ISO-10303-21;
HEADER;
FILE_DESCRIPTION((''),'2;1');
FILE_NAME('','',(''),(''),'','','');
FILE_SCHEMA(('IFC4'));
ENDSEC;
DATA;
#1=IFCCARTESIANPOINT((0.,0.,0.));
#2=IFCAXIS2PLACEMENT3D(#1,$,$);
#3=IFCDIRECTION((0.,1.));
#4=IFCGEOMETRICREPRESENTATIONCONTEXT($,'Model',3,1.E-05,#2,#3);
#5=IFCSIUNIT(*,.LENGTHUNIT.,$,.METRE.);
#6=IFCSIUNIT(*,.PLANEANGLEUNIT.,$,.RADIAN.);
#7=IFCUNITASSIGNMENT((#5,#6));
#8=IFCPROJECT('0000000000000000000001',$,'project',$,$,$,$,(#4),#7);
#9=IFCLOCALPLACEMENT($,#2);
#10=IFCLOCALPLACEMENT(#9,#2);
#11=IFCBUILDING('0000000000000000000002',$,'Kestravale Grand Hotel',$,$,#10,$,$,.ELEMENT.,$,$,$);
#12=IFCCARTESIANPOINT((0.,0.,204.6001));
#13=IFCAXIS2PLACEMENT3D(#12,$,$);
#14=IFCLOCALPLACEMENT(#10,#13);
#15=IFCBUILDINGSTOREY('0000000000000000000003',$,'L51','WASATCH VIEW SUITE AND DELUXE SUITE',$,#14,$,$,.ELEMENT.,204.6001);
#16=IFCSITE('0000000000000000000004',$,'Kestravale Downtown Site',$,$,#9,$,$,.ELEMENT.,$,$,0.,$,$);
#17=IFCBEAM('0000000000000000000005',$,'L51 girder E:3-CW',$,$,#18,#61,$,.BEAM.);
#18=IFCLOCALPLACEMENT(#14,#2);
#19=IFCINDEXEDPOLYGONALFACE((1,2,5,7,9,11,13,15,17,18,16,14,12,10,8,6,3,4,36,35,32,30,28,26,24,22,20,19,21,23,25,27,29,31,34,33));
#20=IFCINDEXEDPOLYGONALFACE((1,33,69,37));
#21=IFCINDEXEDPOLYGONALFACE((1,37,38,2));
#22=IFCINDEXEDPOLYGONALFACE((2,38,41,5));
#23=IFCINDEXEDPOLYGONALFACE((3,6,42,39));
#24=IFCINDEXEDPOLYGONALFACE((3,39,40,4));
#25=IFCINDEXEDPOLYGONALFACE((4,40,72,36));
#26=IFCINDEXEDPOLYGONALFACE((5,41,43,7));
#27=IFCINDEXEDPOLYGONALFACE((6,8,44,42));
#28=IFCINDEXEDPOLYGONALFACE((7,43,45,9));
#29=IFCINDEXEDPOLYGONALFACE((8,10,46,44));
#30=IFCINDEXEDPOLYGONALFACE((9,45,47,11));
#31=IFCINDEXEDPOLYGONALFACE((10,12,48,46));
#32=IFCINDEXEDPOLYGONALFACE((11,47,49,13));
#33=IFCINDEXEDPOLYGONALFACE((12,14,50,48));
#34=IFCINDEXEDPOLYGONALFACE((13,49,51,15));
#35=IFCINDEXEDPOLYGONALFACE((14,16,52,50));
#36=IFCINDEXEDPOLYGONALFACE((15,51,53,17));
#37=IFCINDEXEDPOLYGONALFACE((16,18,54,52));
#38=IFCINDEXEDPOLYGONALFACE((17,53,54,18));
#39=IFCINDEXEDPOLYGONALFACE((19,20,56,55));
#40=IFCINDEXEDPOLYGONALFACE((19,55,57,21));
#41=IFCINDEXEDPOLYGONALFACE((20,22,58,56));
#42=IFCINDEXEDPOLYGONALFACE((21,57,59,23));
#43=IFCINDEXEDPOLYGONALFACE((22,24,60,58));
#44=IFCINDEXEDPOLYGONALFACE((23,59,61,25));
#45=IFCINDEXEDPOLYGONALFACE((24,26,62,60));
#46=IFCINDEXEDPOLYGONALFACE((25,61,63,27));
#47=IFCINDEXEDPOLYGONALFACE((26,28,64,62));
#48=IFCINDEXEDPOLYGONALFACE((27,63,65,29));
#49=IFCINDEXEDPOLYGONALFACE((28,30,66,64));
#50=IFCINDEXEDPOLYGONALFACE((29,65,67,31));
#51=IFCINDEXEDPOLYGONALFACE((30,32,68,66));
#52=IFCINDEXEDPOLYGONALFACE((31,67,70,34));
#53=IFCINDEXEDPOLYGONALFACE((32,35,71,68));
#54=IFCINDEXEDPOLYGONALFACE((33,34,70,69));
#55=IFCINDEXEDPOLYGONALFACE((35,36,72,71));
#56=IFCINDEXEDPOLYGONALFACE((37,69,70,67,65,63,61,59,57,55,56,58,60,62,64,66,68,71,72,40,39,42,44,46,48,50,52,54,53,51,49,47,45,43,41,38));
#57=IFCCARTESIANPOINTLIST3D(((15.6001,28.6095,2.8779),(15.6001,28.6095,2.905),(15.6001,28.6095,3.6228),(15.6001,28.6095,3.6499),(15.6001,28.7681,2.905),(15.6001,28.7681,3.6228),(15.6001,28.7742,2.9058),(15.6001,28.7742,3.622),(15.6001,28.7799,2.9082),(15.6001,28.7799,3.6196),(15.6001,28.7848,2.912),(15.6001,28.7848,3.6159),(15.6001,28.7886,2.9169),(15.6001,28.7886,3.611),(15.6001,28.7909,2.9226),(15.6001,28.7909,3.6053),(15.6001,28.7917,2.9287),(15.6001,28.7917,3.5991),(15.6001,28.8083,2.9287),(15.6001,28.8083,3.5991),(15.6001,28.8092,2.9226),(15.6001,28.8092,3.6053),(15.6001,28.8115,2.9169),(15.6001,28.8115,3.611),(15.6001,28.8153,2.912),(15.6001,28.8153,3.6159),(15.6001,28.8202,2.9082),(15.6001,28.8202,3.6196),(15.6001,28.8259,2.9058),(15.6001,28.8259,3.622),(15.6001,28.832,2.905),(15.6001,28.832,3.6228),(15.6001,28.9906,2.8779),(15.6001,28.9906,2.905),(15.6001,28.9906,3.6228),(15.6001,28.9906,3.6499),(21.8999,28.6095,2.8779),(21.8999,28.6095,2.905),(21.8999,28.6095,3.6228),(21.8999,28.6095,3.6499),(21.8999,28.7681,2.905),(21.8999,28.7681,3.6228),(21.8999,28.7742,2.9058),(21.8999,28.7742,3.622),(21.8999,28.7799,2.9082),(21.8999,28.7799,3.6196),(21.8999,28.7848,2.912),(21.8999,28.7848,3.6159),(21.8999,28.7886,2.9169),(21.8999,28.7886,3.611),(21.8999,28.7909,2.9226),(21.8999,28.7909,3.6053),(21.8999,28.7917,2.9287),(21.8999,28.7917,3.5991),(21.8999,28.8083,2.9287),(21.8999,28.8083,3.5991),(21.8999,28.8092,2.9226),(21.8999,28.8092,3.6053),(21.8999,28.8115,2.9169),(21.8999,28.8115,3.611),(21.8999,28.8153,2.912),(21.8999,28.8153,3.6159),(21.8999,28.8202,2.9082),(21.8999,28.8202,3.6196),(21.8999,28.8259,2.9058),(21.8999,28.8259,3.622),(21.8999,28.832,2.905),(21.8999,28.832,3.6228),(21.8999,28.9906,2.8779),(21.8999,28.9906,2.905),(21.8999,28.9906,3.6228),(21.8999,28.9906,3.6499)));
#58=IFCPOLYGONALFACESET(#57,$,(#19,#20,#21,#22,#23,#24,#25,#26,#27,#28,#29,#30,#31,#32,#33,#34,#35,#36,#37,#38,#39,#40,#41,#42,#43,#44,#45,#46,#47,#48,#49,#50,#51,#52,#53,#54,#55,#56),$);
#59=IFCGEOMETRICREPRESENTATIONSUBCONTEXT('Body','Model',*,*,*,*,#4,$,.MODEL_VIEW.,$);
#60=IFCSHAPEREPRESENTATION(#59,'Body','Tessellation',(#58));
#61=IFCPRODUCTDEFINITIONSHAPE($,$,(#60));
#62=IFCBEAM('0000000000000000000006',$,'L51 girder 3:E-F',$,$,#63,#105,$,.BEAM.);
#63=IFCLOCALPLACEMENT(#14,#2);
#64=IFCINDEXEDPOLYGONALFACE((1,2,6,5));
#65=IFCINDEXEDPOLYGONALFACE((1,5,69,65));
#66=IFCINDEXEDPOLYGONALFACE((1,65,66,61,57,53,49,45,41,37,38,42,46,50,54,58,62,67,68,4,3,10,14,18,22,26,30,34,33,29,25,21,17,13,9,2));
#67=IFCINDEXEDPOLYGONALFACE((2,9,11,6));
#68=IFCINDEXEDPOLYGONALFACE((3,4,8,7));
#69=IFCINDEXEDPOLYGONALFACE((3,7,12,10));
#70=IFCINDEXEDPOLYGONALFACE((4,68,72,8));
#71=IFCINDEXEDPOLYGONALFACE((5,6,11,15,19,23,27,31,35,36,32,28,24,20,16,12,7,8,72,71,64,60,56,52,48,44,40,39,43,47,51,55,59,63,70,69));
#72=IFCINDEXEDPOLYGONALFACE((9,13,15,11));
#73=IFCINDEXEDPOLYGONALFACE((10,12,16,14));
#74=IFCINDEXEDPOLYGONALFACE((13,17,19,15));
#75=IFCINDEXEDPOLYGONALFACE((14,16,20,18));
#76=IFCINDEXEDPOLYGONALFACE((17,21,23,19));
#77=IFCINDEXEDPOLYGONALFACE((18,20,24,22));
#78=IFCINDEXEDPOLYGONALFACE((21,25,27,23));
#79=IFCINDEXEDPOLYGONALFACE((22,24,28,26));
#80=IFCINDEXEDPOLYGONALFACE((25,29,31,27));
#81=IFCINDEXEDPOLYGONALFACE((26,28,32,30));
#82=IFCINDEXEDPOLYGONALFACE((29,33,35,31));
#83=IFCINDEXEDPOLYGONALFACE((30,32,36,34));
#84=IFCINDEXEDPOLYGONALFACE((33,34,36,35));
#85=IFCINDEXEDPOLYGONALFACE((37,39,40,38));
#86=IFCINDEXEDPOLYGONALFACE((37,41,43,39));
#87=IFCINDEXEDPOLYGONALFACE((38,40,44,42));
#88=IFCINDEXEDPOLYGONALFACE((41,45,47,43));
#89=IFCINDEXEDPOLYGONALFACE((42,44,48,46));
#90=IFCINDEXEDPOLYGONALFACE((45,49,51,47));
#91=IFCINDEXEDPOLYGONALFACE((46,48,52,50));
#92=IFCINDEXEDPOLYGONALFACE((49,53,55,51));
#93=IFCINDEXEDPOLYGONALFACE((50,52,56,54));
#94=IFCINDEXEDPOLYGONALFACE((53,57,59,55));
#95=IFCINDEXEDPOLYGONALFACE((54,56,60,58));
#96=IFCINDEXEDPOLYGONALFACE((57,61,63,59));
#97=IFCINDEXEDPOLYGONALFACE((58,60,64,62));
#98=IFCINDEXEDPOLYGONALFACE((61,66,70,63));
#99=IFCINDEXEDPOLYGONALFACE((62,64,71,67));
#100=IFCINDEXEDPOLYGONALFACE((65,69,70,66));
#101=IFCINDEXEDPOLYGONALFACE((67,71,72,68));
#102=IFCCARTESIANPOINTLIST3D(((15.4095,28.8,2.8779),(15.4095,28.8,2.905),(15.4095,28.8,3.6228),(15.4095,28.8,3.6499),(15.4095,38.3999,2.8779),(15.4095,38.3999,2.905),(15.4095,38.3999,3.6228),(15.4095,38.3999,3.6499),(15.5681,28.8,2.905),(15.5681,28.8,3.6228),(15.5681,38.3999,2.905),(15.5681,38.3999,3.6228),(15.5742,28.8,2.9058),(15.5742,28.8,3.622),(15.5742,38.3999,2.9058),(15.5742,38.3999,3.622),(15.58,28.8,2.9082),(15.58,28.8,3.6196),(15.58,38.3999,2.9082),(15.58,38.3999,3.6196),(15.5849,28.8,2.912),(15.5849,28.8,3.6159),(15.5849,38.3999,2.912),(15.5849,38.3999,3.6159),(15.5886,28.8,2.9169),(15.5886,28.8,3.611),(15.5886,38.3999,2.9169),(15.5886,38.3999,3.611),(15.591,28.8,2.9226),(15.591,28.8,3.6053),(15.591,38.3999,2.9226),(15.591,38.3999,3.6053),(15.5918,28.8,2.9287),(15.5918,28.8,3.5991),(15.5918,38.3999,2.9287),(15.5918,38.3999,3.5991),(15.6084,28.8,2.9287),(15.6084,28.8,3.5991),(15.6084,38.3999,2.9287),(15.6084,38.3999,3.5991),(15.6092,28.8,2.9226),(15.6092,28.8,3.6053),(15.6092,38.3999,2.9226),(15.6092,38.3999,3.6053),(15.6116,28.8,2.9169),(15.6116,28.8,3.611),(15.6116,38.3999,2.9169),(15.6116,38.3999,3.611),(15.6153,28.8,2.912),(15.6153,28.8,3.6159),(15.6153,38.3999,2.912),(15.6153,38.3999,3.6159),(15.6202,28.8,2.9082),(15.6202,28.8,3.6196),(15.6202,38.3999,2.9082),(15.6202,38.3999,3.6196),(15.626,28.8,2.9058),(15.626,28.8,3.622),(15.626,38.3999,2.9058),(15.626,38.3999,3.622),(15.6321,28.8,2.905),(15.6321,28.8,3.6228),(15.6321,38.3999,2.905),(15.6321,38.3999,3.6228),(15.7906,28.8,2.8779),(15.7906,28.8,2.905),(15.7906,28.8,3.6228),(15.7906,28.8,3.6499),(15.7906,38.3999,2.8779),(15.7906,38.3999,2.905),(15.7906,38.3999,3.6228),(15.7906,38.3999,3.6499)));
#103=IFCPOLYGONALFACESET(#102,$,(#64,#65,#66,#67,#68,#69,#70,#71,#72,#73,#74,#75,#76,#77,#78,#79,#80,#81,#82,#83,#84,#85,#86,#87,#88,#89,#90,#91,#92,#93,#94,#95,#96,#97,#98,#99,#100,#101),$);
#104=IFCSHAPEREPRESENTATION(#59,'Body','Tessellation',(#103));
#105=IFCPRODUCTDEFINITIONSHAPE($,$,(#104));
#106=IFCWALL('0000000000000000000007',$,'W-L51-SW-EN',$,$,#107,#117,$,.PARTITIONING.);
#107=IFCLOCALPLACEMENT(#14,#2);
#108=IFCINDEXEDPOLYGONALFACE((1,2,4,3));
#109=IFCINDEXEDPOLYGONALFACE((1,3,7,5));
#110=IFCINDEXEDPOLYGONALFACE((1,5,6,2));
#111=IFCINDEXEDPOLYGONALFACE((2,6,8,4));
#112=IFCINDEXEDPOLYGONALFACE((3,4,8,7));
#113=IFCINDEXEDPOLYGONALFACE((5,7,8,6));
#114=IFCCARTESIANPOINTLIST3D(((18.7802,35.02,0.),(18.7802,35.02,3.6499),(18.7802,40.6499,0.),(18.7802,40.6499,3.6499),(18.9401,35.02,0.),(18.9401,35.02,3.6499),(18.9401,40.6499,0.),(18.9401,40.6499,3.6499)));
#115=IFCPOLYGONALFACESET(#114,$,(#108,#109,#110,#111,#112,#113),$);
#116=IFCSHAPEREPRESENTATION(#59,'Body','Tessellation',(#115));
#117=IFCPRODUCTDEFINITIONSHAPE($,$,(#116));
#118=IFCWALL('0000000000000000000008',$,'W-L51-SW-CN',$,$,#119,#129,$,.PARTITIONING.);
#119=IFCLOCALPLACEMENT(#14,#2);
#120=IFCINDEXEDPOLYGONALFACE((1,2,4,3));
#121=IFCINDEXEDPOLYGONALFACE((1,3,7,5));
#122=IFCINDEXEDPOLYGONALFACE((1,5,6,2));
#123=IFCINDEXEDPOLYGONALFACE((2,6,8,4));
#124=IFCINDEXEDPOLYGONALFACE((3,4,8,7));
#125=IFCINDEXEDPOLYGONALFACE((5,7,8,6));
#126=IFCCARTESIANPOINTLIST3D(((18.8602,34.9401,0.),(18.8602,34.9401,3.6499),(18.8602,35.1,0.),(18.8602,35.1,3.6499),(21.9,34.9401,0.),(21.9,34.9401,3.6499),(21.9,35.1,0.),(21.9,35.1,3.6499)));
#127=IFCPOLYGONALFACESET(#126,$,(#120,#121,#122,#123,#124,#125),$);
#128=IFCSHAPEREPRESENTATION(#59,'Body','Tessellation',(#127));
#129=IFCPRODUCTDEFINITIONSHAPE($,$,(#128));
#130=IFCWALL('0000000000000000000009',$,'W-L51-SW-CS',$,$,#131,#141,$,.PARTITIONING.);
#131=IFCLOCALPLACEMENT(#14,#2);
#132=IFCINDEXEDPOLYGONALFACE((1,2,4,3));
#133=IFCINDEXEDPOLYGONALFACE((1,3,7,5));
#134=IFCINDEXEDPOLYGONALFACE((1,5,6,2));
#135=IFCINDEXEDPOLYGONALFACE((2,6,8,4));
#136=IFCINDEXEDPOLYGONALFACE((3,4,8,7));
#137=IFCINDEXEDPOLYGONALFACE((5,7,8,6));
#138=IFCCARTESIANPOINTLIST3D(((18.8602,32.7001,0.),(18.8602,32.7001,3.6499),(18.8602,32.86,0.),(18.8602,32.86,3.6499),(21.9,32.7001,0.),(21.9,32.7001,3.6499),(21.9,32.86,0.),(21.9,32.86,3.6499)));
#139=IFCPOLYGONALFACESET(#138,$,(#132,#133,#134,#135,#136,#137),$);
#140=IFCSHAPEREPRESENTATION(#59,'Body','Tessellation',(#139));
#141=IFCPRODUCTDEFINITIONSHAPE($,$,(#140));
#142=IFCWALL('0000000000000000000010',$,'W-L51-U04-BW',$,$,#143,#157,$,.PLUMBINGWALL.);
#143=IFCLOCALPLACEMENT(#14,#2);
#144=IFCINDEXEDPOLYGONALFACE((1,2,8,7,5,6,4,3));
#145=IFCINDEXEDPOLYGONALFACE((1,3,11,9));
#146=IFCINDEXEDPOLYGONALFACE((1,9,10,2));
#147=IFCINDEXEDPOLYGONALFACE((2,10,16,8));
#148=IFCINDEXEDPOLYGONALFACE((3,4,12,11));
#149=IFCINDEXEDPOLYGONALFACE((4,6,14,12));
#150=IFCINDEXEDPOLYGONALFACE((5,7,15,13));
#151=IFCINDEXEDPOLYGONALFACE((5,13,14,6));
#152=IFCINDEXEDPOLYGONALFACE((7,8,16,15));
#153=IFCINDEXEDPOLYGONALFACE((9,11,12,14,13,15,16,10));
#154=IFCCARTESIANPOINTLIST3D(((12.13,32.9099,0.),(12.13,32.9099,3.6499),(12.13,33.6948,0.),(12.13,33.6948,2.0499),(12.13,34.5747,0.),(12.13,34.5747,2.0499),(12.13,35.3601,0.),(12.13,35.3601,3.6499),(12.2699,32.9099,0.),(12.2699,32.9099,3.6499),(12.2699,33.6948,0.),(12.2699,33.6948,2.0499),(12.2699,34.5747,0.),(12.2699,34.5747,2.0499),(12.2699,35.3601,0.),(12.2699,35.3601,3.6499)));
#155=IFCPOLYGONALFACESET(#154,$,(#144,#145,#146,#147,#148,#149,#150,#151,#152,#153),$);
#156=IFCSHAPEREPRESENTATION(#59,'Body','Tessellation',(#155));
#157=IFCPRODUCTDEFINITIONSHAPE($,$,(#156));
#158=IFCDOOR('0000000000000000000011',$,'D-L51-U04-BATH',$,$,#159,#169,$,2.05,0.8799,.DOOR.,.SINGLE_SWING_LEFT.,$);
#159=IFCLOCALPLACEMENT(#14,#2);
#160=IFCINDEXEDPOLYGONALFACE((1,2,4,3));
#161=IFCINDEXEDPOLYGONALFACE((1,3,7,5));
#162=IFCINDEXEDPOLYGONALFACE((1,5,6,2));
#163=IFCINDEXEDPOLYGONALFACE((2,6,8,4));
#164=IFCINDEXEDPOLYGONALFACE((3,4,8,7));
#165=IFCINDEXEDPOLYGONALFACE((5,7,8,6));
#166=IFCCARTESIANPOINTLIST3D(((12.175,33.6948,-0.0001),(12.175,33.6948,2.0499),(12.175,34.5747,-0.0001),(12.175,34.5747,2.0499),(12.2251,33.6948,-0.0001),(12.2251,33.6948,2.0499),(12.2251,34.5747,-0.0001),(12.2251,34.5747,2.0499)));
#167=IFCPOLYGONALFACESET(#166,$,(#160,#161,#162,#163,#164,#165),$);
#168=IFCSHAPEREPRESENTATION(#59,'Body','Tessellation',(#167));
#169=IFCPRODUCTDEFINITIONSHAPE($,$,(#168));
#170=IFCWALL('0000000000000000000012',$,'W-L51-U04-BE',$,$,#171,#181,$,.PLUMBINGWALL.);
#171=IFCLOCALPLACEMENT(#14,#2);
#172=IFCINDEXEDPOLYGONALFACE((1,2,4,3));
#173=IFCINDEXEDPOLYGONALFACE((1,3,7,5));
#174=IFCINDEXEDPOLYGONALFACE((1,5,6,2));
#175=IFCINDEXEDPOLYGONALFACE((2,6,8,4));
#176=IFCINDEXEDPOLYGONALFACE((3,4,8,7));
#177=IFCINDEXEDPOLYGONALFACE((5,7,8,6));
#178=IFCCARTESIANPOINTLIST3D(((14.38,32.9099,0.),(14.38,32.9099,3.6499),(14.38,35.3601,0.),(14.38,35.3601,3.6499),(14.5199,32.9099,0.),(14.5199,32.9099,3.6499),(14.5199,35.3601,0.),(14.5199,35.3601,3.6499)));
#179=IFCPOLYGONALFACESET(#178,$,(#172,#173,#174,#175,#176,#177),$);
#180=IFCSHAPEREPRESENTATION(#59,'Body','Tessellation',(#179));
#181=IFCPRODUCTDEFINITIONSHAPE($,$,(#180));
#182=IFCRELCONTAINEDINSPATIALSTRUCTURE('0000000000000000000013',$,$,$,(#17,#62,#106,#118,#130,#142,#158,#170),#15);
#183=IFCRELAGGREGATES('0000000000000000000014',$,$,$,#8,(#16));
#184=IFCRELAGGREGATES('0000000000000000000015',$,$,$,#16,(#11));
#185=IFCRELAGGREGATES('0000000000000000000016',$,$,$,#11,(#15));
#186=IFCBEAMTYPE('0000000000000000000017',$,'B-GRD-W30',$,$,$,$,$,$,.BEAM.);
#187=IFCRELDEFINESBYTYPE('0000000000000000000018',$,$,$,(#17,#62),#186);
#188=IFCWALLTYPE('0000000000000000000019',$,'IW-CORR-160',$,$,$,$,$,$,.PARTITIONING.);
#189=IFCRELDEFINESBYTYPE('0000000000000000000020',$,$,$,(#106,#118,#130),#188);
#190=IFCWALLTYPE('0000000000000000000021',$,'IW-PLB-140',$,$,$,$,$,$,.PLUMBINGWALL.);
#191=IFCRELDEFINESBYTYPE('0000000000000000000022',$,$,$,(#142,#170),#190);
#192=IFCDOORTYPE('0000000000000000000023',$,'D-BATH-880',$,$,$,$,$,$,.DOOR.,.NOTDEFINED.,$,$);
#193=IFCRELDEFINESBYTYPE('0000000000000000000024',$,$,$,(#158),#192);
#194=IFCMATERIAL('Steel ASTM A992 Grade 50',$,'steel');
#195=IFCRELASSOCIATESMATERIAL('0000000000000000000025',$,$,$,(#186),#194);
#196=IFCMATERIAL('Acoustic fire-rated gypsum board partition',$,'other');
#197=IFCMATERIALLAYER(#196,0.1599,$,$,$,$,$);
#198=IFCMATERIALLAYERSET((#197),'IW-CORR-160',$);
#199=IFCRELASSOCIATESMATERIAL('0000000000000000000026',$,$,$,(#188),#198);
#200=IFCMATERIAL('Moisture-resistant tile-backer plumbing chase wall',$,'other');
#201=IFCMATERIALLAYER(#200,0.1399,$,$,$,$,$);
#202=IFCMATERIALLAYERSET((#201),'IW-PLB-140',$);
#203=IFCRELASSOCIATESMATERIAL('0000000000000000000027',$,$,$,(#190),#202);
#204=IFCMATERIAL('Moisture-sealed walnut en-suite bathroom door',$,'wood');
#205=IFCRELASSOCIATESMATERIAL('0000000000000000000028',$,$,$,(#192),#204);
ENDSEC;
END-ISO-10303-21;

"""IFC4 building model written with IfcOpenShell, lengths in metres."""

from ifc_helpers import new_model, si_unit, direction, frame, frame_2d, origin, origin_2d, place, context, subcontext, project, spatial, rectangle, i_section, extrude, material, layer, layer_set, material_profile, profile_set, type_object, element, fill, save


model = new_model("IFC4")

# Units and contexts
model_context = context("Model", 3, precision=1e-05, world=origin(), true_north=direction((0.0, 1.0)))
body_context = subcontext(model_context, "Body", "Model", "MODEL_VIEW")
ifc_project = project(units=[si_unit("LENGTHUNIT", "METRE"), si_unit("PLANEANGLEUNIT", "RADIAN")], contexts=[model_context])

# Site, building, storey
site_placement = place(None, origin())
site = spatial("IfcSite", under=ifc_project, at=site_placement, Name="Kestravale Downtown Site", CompositionType="ELEMENT", RefElevation=0.0)
building_placement = place(site_placement, origin())
building = spatial("IfcBuilding", under=site, at=building_placement, Name="Kestravale Grand Hotel", CompositionType="ELEMENT")
storey_placement = place(building_placement, frame((0.0, 0.0, 204.6001)))
storey = spatial("IfcBuildingStorey", under=building, at=storey_placement, Name="L51", Description="WASATCH VIEW SUITE AND DELUXE SUITE", CompositionType="ELEMENT", Elevation=204.6001)

# Beams
ifc_material_1 = material(Name="Steel ASTM A992 Grade 50", Category="steel")
ifc_material_profile_1 = material_profile(ifc_material_1, i_section(OverallWidth=0.3811, OverallDepth=0.772, WebThickness=0.0166, FlangeThickness=0.0271, FilletRadius=0.0237, at=origin_2d()))
ifc_profile_set_1 = profile_set([ifc_material_profile_1], Name="Steel ASTM A992 Grade 50")
beam_type_1 = type_object("IfcBeamType", Name="B-GRD-W30", PredefinedType="BEAM", material=ifc_profile_set_1)
beam_1_placement = place(storey_placement, frame((15.6001, 28.8, 3.2639), z_axis=(1.0, 0.0, 0.0), x_axis=(0.0, 1.0, 0.0)))
element("IfcBeam", 1, at=beam_1_placement, inside=storey, type_object=beam_type_1, Name="L51 girder E:3-CW", PredefinedType="BEAM", context=body_context, shape_type="SweptSolid", body=[
    extrude(i_section(OverallWidth=0.3811, OverallDepth=0.772, WebThickness=0.0166, FlangeThickness=0.0271, FilletRadius=0.0237, at=origin_2d()), origin(), (0.0, 0.0, 1.0), 6.2998),
])
beam_2_placement = place(storey_placement, frame((15.6001, 28.8, 3.2639), z_axis=(0.0, 1.0, 0.0), x_axis=(-1.0, 0.0, 0.0)))
element("IfcBeam", 2, at=beam_2_placement, inside=storey, type_object=beam_type_1, Name="L51 girder 3:E-F", PredefinedType="BEAM", context=body_context, shape_type="SweptSolid", body=[
    extrude(i_section(OverallWidth=0.3811, OverallDepth=0.772, WebThickness=0.0166, FlangeThickness=0.0271, FilletRadius=0.0237, at=origin_2d()), origin(), (0.0, 0.0, 1.0), 9.5999),
])

# Walls
ifc_material_2 = material(Name="Acoustic fire-rated gypsum board partition", Category="other")
ifc_layer_1 = layer(ifc_material_2, 0.1599)
ifc_layer_set_1 = layer_set([ifc_layer_1], Name="IW-CORR-160")
wall_type_1 = type_object("IfcWallType", Name="IW-CORR-160", PredefinedType="PARTITIONING", material=ifc_layer_set_1)
wall_1_placement = place(storey_placement, frame((18.8601, 35.02, 0.0), z_axis=(0.0, 0.0, 1.0), x_axis=(0.0, 1.0, 0.0)))
element("IfcWall", 3, at=wall_1_placement, inside=storey, type_object=wall_type_1, Name="W-L51-SW-EN", PredefinedType="PARTITIONING", context=body_context, shape_type="SweptSolid", body=[
    extrude(rectangle(XDim=5.6299, YDim=0.1599, at=frame_2d((2.8149, 0.0))), origin(), (0.0, 0.0, 1.0), 3.6499),
])
for number, where, z_axis, x_axis, name in (
    (4, (18.8601, 35.02, 0.0), (0.0, 0.0, 1.0), (1.0, 0.0, 0.0), "W-L51-SW-CN"),
    (5, (18.8601, 32.78, 0.0), (0.0, 0.0, 1.0), (1.0, 0.0, 0.0), "W-L51-SW-CS"),
):
    element("IfcWall", number, at=place(storey_placement, frame(where, z_axis=z_axis, x_axis=x_axis)), inside=storey, type_object=wall_type_1, Name=name, PredefinedType="PARTITIONING", context=body_context, shape_type="SweptSolid", body=[
        extrude(rectangle(XDim=3.0398, YDim=0.1599, at=frame_2d((1.52, 0.0))), origin(), (0.0, 0.0, 1.0), 3.6499),
    ])

# Wall, opening, door
ifc_material_3 = material(Name="Moisture-resistant tile-backer plumbing chase wall", Category="other")
ifc_layer_2 = layer(ifc_material_3, 0.1399)
ifc_layer_set_2 = layer_set([ifc_layer_2], Name="IW-PLB-140")
wall_type_2 = type_object("IfcWallType", Name="IW-PLB-140", PredefinedType="PLUMBINGWALL", material=ifc_layer_set_2)
wall_2_placement = place(storey_placement, frame((12.2, 32.9099, 0.0), z_axis=(0.0, 0.0, 1.0), x_axis=(0.0, 1.0, 0.0)))
wall_2 = element("IfcWall", 6, at=wall_2_placement, inside=storey, type_object=wall_type_2, Name="W-L51-U04-BW", PredefinedType="PLUMBINGWALL", context=body_context, shape_type="SweptSolid", body=[
    extrude(rectangle(XDim=2.4502, YDim=0.1399, at=frame_2d((1.2251, 0.0))), origin(), (0.0, 0.0, 1.0), 3.6499),
])
opening_placement = place(wall_2_placement, frame((0.7849, 0.0, 0.0)))
opening = element("IfcOpeningElement", 7, at=opening_placement, cuts=wall_2, PredefinedType="OPENING", context=body_context, shape_type="SweptSolid", body=[
    extrude(rectangle(XDim=0.8799, YDim=2.05, at=frame_2d((0.4399, 1.0249))), frame((0.0, 0.0798, 0.0), z_axis=(0.0, -1.0, 0.0), x_axis=(1.0, 0.0, 0.0)), (0.0, 0.0, 1.0), 0.1599),
])
ifc_material_4 = material(Name="Moisture-sealed walnut en-suite bathroom door", Category="wood")
door_type = type_object("IfcDoorType", Name="D-BATH-880", OperationType="NOTDEFINED", PredefinedType="DOOR", material=ifc_material_4)
door_placement = place(opening_placement, origin())
door = element("IfcDoor", 8, at=door_placement, inside=storey, type_object=door_type, Name="D-L51-U04-BATH", OperationType="SINGLE_SWING_LEFT", OverallHeight=2.05, OverallWidth=0.8799, PredefinedType="DOOR", context=body_context, shape_type="SweptSolid", body=[
    extrude(rectangle(XDim=0.8799, YDim=2.05, at=frame_2d((0.4399, 1.0249))), frame((0.0, 0.0249, 0.0), z_axis=(0.0, -1.0, 0.0), x_axis=(1.0, 0.0, 0.0)), (0.0, 0.0, 1.0), 0.05),
])
fill(opening, door)

# Wall
wall_3_placement = place(storey_placement, frame((14.45, 32.9099, 0.0), z_axis=(0.0, 0.0, 1.0), x_axis=(0.0, 1.0, 0.0)))
element("IfcWall", 9, at=wall_3_placement, inside=storey, type_object=wall_type_2, Name="W-L51-U04-BE", PredefinedType="PLUMBINGWALL", context=body_context, shape_type="SweptSolid", body=[
    extrude(rectangle(XDim=2.4502, YDim=0.1399, at=frame_2d((1.2251, 0.0))), origin(), (0.0, 0.0, 1.0), 3.6499),
])

save(model, "model.ifc")
